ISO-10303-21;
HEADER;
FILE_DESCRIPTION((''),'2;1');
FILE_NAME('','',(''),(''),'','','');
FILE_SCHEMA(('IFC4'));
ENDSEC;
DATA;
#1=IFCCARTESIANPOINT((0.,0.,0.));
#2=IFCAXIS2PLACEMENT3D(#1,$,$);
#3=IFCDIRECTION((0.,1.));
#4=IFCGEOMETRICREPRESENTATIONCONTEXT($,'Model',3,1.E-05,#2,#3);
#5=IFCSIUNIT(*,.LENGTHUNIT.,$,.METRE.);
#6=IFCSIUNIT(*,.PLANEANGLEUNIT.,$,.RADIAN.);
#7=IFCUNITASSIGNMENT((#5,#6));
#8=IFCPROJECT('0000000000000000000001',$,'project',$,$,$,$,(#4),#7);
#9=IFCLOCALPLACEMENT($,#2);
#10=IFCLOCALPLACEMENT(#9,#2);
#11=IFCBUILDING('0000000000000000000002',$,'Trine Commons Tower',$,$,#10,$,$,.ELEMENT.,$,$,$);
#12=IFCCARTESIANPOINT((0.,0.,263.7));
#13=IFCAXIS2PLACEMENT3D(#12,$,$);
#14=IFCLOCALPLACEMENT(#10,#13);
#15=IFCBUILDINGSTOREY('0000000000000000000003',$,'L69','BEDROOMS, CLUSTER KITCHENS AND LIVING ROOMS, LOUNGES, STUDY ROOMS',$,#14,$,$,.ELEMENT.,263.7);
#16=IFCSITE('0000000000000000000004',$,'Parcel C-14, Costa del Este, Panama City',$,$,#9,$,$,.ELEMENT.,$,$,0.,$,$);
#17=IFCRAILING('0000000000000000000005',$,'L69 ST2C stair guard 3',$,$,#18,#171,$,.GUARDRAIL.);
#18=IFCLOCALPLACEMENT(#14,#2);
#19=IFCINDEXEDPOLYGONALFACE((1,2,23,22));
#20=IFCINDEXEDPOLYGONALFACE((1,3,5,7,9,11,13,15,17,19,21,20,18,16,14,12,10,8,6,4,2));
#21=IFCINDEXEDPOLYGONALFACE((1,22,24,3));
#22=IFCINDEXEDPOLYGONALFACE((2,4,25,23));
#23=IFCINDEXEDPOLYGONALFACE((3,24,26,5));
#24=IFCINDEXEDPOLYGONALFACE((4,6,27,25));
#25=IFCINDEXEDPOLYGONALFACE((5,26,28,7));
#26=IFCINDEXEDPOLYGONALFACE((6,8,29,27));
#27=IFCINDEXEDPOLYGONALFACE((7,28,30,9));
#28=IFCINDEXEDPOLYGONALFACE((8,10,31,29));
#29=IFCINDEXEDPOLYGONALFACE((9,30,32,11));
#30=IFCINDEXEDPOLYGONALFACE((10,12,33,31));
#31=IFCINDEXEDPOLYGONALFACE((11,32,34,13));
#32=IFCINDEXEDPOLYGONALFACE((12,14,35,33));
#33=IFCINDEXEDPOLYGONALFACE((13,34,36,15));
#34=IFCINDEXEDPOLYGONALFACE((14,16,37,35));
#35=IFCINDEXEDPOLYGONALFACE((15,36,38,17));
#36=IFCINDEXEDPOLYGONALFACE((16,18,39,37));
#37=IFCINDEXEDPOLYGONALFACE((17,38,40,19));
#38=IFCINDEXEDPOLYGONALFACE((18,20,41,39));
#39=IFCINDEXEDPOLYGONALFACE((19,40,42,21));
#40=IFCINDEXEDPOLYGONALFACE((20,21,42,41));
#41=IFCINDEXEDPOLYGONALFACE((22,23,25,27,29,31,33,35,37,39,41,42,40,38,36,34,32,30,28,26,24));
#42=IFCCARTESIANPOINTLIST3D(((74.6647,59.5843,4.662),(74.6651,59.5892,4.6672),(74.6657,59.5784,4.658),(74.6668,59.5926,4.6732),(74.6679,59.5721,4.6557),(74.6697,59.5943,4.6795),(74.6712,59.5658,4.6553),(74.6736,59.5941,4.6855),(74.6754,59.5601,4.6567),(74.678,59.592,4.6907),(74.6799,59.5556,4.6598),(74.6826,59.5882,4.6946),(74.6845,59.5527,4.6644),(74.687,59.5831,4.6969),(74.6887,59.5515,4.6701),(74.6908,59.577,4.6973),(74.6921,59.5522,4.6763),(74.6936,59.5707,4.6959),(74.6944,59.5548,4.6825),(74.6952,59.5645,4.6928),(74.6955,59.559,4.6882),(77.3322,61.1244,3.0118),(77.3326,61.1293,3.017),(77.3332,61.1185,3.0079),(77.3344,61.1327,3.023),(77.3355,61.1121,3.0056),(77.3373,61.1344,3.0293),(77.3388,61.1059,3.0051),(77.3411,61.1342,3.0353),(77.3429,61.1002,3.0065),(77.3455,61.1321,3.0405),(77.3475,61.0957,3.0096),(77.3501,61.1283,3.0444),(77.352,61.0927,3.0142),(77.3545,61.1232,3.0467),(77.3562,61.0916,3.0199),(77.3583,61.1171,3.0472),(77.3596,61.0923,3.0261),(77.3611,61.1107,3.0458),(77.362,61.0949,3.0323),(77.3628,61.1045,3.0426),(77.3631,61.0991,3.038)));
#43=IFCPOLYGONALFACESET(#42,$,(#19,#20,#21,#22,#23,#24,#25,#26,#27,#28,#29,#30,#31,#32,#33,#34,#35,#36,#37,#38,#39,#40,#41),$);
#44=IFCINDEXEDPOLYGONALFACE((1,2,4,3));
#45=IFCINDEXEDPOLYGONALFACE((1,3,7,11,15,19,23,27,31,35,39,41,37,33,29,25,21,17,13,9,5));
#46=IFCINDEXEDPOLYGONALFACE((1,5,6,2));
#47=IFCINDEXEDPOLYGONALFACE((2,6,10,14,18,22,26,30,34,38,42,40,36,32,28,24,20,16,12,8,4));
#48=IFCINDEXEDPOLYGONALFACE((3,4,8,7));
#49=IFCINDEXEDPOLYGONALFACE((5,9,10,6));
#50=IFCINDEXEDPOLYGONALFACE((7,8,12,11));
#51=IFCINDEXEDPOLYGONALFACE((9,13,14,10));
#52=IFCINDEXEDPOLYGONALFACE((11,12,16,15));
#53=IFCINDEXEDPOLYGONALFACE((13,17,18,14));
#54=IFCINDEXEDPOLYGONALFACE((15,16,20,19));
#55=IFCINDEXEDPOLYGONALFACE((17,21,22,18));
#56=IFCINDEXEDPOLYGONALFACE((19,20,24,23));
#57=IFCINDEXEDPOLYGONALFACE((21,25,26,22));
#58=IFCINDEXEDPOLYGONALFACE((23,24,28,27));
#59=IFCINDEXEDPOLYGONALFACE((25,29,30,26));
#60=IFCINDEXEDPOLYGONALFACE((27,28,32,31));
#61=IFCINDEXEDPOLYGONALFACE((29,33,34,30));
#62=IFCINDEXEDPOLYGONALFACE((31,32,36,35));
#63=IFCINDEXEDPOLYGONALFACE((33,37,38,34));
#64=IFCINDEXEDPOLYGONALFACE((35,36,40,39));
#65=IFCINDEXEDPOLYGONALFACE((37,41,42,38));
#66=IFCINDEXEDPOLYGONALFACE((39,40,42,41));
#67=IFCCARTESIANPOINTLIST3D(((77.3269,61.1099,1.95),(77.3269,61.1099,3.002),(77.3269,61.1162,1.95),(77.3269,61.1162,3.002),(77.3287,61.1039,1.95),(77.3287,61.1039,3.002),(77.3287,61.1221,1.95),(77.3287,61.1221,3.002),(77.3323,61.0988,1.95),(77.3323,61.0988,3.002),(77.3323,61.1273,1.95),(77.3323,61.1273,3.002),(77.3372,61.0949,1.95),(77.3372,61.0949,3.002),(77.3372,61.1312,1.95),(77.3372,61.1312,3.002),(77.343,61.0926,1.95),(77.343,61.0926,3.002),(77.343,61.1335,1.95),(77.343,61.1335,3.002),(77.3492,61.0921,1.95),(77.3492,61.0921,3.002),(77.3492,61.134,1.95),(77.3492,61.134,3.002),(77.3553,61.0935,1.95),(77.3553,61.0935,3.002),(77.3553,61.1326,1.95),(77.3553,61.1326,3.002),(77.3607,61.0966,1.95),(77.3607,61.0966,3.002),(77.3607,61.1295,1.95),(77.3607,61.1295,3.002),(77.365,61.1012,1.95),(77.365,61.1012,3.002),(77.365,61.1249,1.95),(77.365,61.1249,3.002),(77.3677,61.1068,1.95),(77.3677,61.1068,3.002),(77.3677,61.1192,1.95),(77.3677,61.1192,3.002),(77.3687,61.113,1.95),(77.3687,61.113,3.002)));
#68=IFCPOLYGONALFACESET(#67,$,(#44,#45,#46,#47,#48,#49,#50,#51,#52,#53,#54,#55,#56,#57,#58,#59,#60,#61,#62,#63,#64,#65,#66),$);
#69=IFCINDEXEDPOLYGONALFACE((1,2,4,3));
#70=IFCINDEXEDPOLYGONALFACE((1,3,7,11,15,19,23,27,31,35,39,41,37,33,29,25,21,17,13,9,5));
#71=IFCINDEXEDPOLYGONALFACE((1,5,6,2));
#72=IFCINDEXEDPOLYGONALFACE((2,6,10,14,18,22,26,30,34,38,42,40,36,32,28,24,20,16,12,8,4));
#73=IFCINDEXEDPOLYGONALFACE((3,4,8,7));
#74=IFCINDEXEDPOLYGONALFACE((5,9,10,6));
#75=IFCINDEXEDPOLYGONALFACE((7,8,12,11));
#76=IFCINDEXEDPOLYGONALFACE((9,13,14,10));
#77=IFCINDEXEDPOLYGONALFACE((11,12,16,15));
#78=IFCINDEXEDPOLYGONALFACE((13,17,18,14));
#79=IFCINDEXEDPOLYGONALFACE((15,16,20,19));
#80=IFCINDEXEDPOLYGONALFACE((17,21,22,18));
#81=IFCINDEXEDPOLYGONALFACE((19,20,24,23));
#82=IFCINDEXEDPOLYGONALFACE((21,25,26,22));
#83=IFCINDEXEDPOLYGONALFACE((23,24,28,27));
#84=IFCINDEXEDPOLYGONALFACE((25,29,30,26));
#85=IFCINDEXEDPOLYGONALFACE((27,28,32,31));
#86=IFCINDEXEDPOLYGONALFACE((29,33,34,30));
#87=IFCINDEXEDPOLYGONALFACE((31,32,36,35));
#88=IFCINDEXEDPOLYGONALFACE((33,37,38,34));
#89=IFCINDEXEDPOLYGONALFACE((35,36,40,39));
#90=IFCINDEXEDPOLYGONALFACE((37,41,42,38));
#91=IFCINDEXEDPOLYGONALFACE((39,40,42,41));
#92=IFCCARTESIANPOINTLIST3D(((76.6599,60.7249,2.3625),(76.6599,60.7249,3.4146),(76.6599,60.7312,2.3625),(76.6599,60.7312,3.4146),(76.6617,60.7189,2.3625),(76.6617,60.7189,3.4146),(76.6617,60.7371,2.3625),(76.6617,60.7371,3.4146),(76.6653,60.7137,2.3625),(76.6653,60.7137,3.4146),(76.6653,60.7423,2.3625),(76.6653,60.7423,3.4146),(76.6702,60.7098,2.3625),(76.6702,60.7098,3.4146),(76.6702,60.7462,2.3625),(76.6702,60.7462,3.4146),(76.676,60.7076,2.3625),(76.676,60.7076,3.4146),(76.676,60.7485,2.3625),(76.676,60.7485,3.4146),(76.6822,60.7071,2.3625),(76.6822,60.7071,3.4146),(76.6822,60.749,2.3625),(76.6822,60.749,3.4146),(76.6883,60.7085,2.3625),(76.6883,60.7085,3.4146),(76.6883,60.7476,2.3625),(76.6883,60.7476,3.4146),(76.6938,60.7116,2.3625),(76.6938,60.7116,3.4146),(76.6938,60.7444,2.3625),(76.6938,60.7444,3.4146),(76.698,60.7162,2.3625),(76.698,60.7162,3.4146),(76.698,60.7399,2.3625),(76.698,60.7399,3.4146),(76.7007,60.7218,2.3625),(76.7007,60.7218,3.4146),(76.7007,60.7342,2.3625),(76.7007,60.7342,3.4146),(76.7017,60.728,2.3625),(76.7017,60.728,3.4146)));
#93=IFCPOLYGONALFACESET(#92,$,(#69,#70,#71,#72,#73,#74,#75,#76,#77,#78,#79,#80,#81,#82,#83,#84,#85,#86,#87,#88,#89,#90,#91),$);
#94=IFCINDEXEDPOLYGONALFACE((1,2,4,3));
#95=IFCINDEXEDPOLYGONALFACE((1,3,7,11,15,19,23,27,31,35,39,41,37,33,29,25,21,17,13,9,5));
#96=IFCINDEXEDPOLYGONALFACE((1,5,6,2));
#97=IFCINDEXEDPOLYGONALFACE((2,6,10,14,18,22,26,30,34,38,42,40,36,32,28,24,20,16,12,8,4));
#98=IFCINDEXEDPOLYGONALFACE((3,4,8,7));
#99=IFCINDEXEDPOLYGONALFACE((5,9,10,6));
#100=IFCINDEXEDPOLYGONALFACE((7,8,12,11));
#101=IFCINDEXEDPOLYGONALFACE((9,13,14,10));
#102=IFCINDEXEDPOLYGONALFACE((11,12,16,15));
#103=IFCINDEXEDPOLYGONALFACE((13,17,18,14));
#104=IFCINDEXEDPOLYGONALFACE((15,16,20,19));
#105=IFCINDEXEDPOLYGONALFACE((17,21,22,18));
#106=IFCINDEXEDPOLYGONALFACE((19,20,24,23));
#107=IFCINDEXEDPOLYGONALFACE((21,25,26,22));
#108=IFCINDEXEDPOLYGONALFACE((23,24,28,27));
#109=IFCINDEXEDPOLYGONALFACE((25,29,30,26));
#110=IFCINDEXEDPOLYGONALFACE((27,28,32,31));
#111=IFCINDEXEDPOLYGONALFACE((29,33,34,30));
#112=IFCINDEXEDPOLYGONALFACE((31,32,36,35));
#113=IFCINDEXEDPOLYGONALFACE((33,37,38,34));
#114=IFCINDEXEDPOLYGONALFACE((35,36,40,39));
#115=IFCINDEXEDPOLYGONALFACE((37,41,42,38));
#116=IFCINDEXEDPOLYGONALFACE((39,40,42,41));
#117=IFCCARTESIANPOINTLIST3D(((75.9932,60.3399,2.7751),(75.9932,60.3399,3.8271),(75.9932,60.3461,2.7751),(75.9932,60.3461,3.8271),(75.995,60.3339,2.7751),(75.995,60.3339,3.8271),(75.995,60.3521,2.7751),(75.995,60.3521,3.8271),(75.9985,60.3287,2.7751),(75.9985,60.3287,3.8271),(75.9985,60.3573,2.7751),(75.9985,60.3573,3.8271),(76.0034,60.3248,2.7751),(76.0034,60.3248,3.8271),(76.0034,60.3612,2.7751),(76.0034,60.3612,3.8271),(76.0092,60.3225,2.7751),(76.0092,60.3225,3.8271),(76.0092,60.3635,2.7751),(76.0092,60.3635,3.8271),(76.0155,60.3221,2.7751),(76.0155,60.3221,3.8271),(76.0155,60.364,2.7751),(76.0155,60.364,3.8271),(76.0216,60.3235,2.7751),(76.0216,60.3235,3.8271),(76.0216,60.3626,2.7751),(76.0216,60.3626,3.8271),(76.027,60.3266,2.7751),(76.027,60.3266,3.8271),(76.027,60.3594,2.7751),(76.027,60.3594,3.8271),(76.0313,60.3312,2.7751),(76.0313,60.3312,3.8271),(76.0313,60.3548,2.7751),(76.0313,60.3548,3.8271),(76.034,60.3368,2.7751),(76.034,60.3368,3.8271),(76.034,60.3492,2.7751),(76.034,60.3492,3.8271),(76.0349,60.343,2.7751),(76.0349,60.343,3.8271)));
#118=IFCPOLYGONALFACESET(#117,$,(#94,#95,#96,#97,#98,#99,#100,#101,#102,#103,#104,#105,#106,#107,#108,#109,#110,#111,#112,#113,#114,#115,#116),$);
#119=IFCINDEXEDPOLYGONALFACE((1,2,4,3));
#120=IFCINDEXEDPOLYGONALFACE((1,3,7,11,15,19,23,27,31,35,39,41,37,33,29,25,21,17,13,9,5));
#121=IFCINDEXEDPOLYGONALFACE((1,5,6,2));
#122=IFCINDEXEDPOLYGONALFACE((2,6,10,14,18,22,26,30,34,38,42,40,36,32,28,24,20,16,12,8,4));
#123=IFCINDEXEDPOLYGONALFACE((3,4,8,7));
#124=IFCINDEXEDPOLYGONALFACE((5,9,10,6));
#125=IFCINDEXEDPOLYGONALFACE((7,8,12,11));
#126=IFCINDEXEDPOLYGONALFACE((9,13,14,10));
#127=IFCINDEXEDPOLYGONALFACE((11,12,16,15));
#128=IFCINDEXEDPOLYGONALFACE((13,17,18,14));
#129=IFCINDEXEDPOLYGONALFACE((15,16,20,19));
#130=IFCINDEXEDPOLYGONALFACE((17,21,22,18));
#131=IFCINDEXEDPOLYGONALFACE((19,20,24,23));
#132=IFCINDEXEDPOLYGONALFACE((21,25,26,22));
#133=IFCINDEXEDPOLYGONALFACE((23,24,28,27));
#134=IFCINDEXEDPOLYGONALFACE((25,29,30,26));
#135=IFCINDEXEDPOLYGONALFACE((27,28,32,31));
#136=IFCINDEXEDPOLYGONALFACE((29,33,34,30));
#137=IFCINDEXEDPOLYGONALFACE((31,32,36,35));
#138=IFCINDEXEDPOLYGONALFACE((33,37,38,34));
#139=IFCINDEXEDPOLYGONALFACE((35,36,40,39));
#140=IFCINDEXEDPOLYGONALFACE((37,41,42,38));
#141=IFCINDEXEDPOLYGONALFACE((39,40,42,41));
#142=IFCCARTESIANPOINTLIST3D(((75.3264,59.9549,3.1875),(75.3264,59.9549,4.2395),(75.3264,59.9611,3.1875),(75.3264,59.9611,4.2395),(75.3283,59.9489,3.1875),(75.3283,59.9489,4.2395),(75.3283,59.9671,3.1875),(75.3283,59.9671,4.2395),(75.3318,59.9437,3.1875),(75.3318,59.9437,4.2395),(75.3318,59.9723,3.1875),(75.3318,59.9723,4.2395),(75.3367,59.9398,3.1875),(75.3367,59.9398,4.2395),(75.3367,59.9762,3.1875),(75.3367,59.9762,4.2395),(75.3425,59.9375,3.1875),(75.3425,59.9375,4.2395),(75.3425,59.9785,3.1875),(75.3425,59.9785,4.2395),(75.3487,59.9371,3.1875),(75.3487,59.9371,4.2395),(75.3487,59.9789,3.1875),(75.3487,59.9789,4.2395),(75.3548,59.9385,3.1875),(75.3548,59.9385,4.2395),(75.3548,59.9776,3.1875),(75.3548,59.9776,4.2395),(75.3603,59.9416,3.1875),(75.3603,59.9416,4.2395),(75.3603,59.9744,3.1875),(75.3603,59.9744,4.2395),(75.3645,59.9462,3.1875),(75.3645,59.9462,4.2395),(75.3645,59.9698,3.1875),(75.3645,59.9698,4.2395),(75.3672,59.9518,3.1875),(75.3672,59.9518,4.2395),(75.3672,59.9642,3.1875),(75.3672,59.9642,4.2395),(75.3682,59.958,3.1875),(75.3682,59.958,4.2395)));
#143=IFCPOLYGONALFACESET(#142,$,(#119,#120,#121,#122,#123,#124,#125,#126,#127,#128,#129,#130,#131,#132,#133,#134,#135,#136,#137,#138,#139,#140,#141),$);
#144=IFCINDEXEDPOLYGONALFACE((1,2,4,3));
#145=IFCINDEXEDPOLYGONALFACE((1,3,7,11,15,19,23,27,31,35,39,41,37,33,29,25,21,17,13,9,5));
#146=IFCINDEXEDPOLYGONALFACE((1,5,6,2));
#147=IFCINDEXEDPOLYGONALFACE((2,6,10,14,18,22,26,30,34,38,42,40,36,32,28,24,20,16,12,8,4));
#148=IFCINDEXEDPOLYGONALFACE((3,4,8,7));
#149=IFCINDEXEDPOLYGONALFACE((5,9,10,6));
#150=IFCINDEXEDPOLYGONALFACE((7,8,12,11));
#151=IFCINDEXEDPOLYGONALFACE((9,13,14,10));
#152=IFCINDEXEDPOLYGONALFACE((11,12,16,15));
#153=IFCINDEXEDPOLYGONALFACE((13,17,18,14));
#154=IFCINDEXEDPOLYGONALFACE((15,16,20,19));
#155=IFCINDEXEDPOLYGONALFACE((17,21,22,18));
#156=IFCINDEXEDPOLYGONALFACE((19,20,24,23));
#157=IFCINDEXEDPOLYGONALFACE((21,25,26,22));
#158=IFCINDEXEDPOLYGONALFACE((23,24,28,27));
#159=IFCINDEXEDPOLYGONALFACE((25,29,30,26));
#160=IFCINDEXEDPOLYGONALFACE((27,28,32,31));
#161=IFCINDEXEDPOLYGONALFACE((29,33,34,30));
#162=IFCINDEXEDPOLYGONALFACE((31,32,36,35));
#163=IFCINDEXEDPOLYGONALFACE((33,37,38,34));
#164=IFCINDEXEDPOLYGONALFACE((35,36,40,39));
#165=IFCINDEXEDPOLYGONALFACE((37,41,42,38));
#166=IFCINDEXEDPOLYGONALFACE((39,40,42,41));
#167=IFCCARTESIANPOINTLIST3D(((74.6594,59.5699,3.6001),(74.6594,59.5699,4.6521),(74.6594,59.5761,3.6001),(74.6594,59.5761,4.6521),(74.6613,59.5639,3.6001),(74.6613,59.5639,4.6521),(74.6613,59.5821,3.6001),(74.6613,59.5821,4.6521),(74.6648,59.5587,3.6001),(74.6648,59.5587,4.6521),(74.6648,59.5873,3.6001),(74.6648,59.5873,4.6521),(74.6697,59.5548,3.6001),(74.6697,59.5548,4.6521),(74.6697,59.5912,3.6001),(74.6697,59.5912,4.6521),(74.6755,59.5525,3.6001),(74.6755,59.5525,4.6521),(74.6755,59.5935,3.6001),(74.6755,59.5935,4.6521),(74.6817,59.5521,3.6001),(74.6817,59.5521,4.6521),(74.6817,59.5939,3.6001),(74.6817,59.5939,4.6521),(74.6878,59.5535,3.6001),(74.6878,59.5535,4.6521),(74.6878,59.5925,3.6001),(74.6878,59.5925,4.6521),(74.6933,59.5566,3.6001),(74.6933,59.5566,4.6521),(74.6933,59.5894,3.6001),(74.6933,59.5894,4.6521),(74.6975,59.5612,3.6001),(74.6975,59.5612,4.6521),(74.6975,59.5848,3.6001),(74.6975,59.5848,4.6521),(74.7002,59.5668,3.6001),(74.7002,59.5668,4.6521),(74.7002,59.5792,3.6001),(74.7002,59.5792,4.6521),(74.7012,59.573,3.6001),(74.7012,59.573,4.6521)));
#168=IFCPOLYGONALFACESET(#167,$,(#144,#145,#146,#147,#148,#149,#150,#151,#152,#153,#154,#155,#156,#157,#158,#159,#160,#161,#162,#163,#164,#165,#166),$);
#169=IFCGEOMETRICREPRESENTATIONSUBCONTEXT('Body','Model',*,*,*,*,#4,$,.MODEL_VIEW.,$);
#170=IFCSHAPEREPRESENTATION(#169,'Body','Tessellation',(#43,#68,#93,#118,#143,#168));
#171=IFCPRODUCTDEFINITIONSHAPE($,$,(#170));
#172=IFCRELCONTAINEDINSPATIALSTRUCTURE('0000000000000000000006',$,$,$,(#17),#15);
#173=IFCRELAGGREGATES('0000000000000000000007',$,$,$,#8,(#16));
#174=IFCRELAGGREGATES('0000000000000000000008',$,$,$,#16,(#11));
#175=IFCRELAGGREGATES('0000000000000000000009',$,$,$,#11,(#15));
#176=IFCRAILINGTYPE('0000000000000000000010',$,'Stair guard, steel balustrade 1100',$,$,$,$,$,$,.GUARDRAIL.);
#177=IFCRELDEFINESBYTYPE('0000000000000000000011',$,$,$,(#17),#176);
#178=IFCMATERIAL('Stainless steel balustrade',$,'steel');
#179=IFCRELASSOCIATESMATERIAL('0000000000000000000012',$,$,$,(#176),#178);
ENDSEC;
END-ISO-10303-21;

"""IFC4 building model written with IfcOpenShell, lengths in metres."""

from ifc_helpers import new_model, si_unit, direction, frame, origin, origin_2d, place, context, subcontext, project, spatial, circle, extrude, material, type_object, element, save


model = new_model("IFC4")

# Units and contexts
model_context = context("Model", 3, precision=1e-05, world=origin(), true_north=direction((0.0, 1.0)))
body_context = subcontext(model_context, "Body", "Model", "MODEL_VIEW")
ifc_project = project(units=[si_unit("LENGTHUNIT", "METRE"), si_unit("PLANEANGLEUNIT", "RADIAN")], contexts=[model_context])

# Site, building, storey
site_placement = place(None, origin())
site = spatial("IfcSite", under=ifc_project, at=site_placement, Name="Parcel C-14, Costa del Este, Panama City", CompositionType="ELEMENT", RefElevation=0.0)
building_placement = place(site_placement, origin())
building = spatial("IfcBuilding", under=site, at=building_placement, Name="Trine Commons Tower", CompositionType="ELEMENT")
storey_placement = place(building_placement, frame((0.0, 0.0, 263.7)))
storey = spatial("IfcBuildingStorey", under=building, at=storey_placement, Name="L69", Description="BEDROOMS, CLUSTER KITCHENS AND LIVING ROOMS, LOUNGES, STUDY ROOMS", CompositionType="ELEMENT", Elevation=263.7)

# Railing
ifc_material_1 = material(Name="Stainless steel balustrade", Category="steel")
railing_type_1 = type_object("IfcRailingType", Name="Stair guard, steel balustrade 1100", PredefinedType="GUARDRAIL", material=ifc_material_1)
railing_1_placement = place(storey_placement, frame((77.3477, 61.113, 1.95)))
element("IfcRailing", 1, at=railing_1_placement, inside=storey, type_object=railing_type_1, Name="L69 ST2C stair guard 3", PredefinedType="GUARDRAIL", context=body_context, shape_type="SweptSolid", body=[
    extrude(circle(Radius=0.0239, at=origin_2d()), frame((0.0, 0.0, 1.0762), z_axis=(-0.76338, -0.440728, 0.472239), x_axis=(0.499992, -0.86603, 0.0)), (0.0, 0.0, 1.0), 3.4944),
    extrude(circle(Radius=0.021, at=origin_2d()), origin(), (0.0, 0.0, 1.0), 1.052),
    extrude(circle(Radius=0.021, at=origin_2d()), frame((-0.667, -0.385, 0.4126)), (0.0, 0.0, 1.0), 1.052),
    extrude(circle(Radius=0.021, at=origin_2d()), frame((-1.3337, -0.77, 0.8252)), (0.0, 0.0, 1.0), 1.052),
    extrude(circle(Radius=0.021, at=origin_2d()), frame((-2.0005, -1.155, 1.2375)), (0.0, 0.0, 1.0), 1.052),
    extrude(circle(Radius=0.021, at=origin_2d()), frame((-2.6675, -1.54, 1.6501)), (0.0, 0.0, 1.0), 1.052),
])

save(model, "model.ifc")
